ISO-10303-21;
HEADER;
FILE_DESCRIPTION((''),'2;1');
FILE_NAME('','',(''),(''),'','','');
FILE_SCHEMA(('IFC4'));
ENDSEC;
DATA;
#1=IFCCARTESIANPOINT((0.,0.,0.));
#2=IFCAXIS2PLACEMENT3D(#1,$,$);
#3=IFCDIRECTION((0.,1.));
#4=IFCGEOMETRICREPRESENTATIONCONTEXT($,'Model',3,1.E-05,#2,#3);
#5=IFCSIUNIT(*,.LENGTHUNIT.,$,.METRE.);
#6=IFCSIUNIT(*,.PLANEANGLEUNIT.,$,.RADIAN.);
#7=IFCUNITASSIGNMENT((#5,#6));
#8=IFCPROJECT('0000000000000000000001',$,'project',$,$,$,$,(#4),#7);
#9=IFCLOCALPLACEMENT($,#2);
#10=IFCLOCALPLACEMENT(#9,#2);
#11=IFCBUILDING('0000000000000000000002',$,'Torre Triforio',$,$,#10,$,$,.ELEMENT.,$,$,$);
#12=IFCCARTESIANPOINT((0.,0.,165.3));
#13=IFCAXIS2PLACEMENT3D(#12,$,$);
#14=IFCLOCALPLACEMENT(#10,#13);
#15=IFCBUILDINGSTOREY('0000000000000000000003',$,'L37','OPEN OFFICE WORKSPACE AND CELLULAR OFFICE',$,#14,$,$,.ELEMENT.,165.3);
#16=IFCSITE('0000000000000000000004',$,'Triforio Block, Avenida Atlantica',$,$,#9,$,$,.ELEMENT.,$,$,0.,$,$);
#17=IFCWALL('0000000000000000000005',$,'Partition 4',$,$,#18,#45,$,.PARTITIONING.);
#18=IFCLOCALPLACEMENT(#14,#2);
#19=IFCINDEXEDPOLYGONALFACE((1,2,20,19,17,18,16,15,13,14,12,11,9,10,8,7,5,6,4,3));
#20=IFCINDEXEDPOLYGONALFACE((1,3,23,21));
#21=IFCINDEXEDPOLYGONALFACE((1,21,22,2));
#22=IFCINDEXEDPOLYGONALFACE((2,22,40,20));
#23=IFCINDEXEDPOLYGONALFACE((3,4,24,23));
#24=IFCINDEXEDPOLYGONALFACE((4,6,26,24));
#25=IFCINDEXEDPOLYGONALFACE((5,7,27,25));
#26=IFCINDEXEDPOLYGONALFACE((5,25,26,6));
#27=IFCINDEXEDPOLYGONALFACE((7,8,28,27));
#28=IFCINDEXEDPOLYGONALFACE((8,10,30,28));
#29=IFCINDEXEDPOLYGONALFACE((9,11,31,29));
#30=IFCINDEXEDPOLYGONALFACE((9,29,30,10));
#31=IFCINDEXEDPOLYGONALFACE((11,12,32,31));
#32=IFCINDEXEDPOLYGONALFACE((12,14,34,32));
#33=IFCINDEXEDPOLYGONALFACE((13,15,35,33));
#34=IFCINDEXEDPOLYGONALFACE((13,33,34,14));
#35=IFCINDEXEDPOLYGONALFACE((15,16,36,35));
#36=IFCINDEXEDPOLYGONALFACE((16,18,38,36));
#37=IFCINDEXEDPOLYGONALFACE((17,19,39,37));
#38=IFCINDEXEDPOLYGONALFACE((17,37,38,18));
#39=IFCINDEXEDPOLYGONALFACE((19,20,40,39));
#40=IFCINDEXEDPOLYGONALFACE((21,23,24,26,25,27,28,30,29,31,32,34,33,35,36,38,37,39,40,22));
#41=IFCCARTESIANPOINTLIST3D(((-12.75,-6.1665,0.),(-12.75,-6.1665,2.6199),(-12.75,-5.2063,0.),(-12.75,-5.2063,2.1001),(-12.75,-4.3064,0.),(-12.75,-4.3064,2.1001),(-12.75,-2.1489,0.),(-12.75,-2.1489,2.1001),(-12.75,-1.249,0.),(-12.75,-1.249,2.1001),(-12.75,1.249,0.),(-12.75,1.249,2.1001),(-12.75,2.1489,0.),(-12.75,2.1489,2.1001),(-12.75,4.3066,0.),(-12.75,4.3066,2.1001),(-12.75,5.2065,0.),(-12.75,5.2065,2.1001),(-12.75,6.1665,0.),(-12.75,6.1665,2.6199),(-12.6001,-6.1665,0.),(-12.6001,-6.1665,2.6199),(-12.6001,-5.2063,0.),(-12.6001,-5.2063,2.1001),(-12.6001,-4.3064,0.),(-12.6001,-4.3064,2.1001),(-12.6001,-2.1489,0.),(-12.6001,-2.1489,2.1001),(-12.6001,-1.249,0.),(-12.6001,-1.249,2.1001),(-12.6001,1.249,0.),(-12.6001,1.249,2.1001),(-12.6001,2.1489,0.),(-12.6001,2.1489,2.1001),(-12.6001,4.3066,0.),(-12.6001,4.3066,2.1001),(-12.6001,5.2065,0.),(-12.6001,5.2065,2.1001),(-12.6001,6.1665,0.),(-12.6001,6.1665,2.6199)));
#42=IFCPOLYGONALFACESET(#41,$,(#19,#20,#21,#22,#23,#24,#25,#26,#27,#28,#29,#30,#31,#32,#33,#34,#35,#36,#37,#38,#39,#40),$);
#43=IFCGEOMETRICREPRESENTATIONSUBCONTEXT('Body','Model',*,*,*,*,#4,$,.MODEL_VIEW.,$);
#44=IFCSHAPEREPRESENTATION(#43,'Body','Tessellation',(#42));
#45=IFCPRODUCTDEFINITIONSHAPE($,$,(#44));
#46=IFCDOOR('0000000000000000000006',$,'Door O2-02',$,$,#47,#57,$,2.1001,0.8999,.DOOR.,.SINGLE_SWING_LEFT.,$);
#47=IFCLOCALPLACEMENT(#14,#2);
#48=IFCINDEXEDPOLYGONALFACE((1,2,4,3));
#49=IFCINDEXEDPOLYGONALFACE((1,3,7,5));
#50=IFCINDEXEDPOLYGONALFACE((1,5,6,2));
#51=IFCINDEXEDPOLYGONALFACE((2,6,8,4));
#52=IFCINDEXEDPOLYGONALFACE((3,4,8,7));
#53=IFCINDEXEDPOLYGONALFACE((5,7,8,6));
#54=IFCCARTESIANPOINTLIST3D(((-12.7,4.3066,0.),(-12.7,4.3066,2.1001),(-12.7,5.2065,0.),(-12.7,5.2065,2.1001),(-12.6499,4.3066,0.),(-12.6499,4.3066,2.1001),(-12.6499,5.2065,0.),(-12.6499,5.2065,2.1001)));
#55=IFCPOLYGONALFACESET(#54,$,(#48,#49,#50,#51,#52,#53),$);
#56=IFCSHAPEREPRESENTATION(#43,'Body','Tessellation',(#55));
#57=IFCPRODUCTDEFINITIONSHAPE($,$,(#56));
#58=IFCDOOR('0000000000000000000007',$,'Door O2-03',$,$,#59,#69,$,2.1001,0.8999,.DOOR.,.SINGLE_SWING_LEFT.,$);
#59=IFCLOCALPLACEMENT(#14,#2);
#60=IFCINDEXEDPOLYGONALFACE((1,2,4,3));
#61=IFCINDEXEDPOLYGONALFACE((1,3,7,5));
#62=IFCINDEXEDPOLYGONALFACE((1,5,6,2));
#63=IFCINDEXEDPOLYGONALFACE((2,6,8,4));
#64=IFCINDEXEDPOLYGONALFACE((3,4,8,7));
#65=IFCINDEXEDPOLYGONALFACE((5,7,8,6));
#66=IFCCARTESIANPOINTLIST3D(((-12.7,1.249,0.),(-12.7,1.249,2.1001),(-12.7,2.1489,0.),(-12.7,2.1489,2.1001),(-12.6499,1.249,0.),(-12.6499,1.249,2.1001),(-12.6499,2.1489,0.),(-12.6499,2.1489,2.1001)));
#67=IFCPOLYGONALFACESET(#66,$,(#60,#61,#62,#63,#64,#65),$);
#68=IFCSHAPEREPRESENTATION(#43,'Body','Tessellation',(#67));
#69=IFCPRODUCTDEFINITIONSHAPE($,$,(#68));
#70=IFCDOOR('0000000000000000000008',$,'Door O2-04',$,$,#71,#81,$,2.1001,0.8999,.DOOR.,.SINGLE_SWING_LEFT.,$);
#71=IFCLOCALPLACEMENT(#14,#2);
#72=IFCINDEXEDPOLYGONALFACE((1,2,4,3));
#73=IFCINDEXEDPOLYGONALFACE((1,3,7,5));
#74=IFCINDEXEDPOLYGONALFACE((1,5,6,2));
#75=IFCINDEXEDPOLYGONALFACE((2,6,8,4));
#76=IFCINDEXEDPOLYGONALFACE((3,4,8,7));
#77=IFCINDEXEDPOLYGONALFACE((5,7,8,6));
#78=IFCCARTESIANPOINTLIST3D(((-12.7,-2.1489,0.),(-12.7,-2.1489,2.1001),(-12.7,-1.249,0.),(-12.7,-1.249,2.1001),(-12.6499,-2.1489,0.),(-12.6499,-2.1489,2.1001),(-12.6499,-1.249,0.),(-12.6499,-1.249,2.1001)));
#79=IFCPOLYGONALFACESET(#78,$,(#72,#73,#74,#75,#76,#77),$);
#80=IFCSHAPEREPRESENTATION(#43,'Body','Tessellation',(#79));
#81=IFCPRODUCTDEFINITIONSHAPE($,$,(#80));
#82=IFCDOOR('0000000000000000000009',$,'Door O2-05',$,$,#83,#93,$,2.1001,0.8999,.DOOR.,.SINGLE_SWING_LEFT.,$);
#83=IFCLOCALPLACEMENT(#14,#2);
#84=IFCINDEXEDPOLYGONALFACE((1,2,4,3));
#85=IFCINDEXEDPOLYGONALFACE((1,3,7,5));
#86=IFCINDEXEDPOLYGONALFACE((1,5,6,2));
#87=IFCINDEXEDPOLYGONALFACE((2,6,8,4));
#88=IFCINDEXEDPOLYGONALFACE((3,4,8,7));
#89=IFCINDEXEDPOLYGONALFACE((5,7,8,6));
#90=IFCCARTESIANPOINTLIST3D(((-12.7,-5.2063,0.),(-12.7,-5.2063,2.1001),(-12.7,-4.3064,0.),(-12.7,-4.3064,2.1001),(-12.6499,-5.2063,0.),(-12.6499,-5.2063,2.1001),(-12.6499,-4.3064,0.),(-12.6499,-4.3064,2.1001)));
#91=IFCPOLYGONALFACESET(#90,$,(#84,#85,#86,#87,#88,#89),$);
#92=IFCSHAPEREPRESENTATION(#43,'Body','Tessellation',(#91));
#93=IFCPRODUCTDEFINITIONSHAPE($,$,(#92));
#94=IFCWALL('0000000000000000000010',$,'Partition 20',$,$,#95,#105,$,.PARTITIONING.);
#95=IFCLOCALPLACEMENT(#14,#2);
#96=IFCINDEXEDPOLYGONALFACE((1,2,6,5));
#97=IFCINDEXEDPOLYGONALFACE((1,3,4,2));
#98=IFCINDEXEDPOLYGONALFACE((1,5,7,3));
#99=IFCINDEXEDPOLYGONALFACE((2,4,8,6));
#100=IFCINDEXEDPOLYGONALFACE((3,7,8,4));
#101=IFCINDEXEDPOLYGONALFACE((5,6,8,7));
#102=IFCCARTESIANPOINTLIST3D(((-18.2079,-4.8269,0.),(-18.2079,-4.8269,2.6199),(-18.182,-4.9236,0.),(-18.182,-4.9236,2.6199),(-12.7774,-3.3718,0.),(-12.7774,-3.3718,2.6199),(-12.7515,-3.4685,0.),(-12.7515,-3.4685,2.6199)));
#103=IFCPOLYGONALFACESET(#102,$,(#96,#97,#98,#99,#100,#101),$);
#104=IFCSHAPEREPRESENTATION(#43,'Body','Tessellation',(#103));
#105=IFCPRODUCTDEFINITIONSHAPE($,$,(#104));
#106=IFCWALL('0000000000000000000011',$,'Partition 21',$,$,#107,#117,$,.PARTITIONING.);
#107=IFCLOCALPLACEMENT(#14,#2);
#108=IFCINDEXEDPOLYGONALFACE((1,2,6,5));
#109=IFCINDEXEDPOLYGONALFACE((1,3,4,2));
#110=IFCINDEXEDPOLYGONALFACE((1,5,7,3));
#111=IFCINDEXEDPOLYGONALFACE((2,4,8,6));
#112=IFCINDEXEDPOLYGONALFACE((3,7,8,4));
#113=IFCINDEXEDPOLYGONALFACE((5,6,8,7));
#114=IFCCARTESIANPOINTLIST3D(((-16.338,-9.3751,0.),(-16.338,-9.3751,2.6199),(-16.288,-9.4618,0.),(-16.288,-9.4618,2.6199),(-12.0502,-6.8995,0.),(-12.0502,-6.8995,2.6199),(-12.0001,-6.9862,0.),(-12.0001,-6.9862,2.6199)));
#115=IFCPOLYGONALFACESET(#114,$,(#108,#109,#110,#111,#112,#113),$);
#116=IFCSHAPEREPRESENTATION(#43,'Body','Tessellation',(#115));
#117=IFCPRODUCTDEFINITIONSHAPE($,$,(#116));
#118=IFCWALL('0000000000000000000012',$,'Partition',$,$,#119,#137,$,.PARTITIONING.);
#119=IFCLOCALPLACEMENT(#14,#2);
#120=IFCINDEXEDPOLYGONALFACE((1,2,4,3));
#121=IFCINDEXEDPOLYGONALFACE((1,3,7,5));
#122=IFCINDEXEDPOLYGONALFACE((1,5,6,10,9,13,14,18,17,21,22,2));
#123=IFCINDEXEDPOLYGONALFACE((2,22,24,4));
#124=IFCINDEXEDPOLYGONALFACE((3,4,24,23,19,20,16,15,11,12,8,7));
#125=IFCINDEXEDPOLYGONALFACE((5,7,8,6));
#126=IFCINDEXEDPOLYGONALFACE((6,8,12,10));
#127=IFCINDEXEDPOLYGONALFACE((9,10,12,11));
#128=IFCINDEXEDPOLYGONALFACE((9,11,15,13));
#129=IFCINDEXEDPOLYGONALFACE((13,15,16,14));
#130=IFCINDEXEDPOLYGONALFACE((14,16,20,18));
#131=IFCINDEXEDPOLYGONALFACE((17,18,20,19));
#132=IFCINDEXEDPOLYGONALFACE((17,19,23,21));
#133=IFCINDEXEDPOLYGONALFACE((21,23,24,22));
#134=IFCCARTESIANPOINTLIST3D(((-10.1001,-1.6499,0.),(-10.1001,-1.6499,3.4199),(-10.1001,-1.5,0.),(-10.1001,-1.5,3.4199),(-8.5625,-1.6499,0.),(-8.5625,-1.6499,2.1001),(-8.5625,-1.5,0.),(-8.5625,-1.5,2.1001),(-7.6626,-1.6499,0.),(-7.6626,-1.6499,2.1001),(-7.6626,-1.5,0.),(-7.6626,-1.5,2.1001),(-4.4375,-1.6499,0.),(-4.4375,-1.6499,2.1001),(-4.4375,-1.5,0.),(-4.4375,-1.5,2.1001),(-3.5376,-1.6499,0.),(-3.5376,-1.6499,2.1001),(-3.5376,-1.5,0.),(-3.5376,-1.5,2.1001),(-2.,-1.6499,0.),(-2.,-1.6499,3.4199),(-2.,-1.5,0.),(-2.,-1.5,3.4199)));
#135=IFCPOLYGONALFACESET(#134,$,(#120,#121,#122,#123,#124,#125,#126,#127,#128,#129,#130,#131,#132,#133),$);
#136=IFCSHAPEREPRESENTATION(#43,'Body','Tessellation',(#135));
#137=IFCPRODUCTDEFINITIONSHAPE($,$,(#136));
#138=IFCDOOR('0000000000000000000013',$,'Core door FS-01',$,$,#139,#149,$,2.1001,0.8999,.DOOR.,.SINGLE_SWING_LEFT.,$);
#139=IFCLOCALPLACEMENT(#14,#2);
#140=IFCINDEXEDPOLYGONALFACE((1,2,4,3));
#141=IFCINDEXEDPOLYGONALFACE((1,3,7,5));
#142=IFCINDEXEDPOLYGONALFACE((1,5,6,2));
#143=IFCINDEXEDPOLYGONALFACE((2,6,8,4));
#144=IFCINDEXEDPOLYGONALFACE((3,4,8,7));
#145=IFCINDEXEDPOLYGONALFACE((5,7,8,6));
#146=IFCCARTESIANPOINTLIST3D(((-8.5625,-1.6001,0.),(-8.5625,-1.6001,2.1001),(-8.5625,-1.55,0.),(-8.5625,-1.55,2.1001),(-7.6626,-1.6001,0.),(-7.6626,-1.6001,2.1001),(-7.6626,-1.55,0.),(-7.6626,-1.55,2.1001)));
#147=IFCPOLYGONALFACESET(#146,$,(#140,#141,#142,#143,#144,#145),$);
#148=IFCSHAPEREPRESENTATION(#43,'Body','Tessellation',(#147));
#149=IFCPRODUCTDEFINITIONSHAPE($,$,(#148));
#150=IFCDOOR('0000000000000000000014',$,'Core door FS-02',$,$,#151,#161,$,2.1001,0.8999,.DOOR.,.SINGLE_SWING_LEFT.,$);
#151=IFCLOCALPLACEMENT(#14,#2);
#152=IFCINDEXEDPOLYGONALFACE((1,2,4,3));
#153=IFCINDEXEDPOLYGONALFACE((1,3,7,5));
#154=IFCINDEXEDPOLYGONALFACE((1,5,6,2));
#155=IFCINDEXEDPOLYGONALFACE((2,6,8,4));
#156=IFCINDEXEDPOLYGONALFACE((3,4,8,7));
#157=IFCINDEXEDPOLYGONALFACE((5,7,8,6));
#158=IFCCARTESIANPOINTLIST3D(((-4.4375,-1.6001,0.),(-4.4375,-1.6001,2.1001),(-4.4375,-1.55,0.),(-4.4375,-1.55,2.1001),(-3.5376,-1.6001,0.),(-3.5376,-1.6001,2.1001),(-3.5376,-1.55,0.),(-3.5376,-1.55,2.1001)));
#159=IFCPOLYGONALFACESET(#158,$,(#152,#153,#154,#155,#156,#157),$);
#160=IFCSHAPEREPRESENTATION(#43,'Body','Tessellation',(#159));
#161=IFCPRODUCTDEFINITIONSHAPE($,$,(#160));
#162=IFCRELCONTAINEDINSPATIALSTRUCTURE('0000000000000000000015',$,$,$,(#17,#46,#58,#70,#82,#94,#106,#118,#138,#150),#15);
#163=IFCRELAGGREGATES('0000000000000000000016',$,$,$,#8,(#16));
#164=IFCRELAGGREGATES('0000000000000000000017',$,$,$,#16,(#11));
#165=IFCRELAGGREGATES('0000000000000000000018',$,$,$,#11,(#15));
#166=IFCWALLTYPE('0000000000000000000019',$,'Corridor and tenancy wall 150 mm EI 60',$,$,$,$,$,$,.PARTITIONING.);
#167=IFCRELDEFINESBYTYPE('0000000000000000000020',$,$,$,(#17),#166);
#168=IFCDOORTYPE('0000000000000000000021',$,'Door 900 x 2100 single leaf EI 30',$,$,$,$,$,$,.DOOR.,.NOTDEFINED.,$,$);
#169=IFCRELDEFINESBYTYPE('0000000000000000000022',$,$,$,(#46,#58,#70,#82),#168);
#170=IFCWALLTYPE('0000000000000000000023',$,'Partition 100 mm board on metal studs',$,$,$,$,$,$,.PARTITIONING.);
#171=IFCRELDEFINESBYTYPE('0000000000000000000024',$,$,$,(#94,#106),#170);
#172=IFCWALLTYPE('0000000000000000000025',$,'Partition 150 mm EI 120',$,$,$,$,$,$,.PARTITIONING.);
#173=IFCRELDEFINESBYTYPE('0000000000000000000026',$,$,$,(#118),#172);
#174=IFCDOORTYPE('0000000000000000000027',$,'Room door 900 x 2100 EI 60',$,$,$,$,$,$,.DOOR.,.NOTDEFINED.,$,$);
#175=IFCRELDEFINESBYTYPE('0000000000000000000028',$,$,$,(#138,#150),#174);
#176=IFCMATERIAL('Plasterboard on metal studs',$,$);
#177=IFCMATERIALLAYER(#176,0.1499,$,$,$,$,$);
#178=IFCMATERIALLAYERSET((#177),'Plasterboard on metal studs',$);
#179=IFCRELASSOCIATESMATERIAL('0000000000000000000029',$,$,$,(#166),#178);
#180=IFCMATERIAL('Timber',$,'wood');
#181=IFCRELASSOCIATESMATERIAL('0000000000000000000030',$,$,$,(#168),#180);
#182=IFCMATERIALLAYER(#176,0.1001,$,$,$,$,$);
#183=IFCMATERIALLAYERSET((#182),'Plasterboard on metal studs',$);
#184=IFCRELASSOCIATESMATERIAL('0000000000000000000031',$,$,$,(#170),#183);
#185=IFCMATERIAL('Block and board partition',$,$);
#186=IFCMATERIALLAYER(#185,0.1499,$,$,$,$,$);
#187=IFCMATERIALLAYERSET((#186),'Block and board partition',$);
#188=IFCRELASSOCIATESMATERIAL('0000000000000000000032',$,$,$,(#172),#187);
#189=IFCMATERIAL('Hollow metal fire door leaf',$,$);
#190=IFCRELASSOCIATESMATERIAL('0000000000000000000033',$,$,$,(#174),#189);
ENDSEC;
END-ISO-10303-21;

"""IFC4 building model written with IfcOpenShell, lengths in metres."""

from ifc_helpers import new_model, si_unit, direction, frame, frame_2d, origin, place, context, subcontext, project, spatial, rectangle, extrude, material, layer, layer_set, type_object, element, fill, save


model = new_model("IFC4")

# Units and contexts
model_context = context("Model", 3, precision=1e-05, world=origin(), true_north=direction((0.0, 1.0)))
body_context = subcontext(model_context, "Body", "Model", "MODEL_VIEW")
ifc_project = project(units=[si_unit("LENGTHUNIT", "METRE"), si_unit("PLANEANGLEUNIT", "RADIAN")], contexts=[model_context])

# Site, building, storey
site_placement = place(None, origin())
site = spatial("IfcSite", under=ifc_project, at=site_placement, Name="Triforio Block, Avenida Atlantica", CompositionType="ELEMENT", RefElevation=0.0)
building_placement = place(site_placement, origin())
building = spatial("IfcBuilding", under=site, at=building_placement, Name="Torre Triforio", CompositionType="ELEMENT")
storey_placement = place(building_placement, frame((0.0, 0.0, 165.3)))
storey = spatial("IfcBuildingStorey", under=building, at=storey_placement, Name="L37", Description="OPEN OFFICE WORKSPACE AND CELLULAR OFFICE", CompositionType="ELEMENT", Elevation=165.3)

# Shared definitions
ifc_material_1 = material(Name="Hollow metal fire door leaf")

# Wall, openings, doors
ifc_material_2 = material(Name="Plasterboard on metal studs")
ifc_layer_1 = layer(ifc_material_2, 0.1499)
ifc_layer_set_1 = layer_set([ifc_layer_1], Name="Plasterboard on metal studs")
wall_type_1 = type_object("IfcWallType", Name="Corridor and tenancy wall 150 mm EI 60", PredefinedType="PARTITIONING", material=ifc_layer_set_1)
wall_1_placement = place(storey_placement, frame((-12.675, -6.1665, 0.0), z_axis=(0.0, 0.0, 1.0), x_axis=(0.0, 1.0, 0.0)))
wall_1 = element("IfcWall", 1, at=wall_1_placement, inside=storey, type_object=wall_type_1, Name="Partition 4", PredefinedType="PARTITIONING", context=body_context, shape_type="SweptSolid", body=[
    extrude(rectangle(XDim=12.333, YDim=0.1499, at=frame_2d((6.1665, 0.0))), origin(), (0.0, 0.0, 1.0), 2.6199),
])
opening_1_placement = place(wall_1_placement, frame((10.4731, 0.0, 0.0)))
opening_1 = element("IfcOpeningElement", 2, at=opening_1_placement, cuts=wall_1, PredefinedType="OPENING", context=body_context, shape_type="SweptSolid", body=[
    extrude(rectangle(XDim=0.8999, YDim=2.1001, at=frame_2d((0.45, 1.05))), frame((0.0, 0.085, 0.0), z_axis=(0.0, -1.0, 0.0), x_axis=(1.0, 0.0, 0.0)), (0.0, 0.0, 1.0), 0.1699),
])
opening_2_placement = place(wall_1_placement, frame((7.4155, 0.0, 0.0)))
opening_2 = element("IfcOpeningElement", 3, at=opening_2_placement, cuts=wall_1, PredefinedType="OPENING", context=body_context, shape_type="SweptSolid", body=[
    extrude(rectangle(XDim=0.8999, YDim=2.1001, at=frame_2d((0.45, 1.05))), frame((0.0, 0.085, 0.0), z_axis=(0.0, -1.0, 0.0), x_axis=(1.0, 0.0, 0.0)), (0.0, 0.0, 1.0), 0.1699),
])
opening_3_placement = place(wall_1_placement, frame((4.0176, 0.0, 0.0)))
opening_3 = element("IfcOpeningElement", 4, at=opening_3_placement, cuts=wall_1, PredefinedType="OPENING", context=body_context, shape_type="SweptSolid", body=[
    extrude(rectangle(XDim=0.8999, YDim=2.1001, at=frame_2d((0.45, 1.05))), frame((0.0, 0.085, 0.0), z_axis=(0.0, -1.0, 0.0), x_axis=(1.0, 0.0, 0.0)), (0.0, 0.0, 1.0), 0.1699),
])
opening_4_placement = place(wall_1_placement, frame((0.9602, 0.0, 0.0)))
opening_4 = element("IfcOpeningElement", 5, at=opening_4_placement, cuts=wall_1, PredefinedType="OPENING", context=body_context, shape_type="SweptSolid", body=[
    extrude(rectangle(XDim=0.8999, YDim=2.1001, at=frame_2d((0.45, 1.05))), frame((0.0, 0.085, 0.0), z_axis=(0.0, -1.0, 0.0), x_axis=(1.0, 0.0, 0.0)), (0.0, 0.0, 1.0), 0.1699),
])
ifc_material_3 = material(Name="Timber", Category="wood")
door_type_1 = type_object("IfcDoorType", Name="Door 900 x 2100 single leaf EI 30", OperationType="NOTDEFINED", PredefinedType="DOOR", material=ifc_material_3)
door_1_placement = place(opening_1_placement, origin())
door_1 = element("IfcDoor", 6, at=door_1_placement, inside=storey, type_object=door_type_1, Name="Door O2-02", OperationType="SINGLE_SWING_LEFT", OverallHeight=2.1001, OverallWidth=0.8999, PredefinedType="DOOR", context=body_context, shape_type="SweptSolid", body=[
    extrude(rectangle(XDim=0.8999, YDim=2.1001, at=frame_2d((0.45, 1.05))), frame((0.0, 0.0249, 0.0), z_axis=(0.0, -1.0, 0.0), x_axis=(1.0, 0.0, 0.0)), (0.0, 0.0, 1.0), 0.05),
])
fill(opening_1, door_1)
door_2_placement = place(opening_2_placement, origin())
door_2 = element("IfcDoor", 7, at=door_2_placement, inside=storey, type_object=door_type_1, Name="Door O2-03", OperationType="SINGLE_SWING_LEFT", OverallHeight=2.1001, OverallWidth=0.8999, PredefinedType="DOOR", context=body_context, shape_type="SweptSolid", body=[
    extrude(rectangle(XDim=0.8999, YDim=2.1001, at=frame_2d((0.45, 1.05))), frame((0.0, 0.0249, 0.0), z_axis=(0.0, -1.0, 0.0), x_axis=(1.0, 0.0, 0.0)), (0.0, 0.0, 1.0), 0.05),
])
fill(opening_2, door_2)
door_3_placement = place(opening_3_placement, origin())
door_3 = element("IfcDoor", 8, at=door_3_placement, inside=storey, type_object=door_type_1, Name="Door O2-04", OperationType="SINGLE_SWING_LEFT", OverallHeight=2.1001, OverallWidth=0.8999, PredefinedType="DOOR", context=body_context, shape_type="SweptSolid", body=[
    extrude(rectangle(XDim=0.8999, YDim=2.1001, at=frame_2d((0.45, 1.05))), frame((0.0, 0.0249, 0.0), z_axis=(0.0, -1.0, 0.0), x_axis=(1.0, 0.0, 0.0)), (0.0, 0.0, 1.0), 0.05),
])
fill(opening_3, door_3)
door_4_placement = place(opening_4_placement, origin())
door_4 = element("IfcDoor", 9, at=door_4_placement, inside=storey, type_object=door_type_1, Name="Door O2-05", OperationType="SINGLE_SWING_LEFT", OverallHeight=2.1001, OverallWidth=0.8999, PredefinedType="DOOR", context=body_context, shape_type="SweptSolid", body=[
    extrude(rectangle(XDim=0.8999, YDim=2.1001, at=frame_2d((0.45, 1.05))), frame((0.0, 0.0249, 0.0), z_axis=(0.0, -1.0, 0.0), x_axis=(1.0, 0.0, 0.0)), (0.0, 0.0, 1.0), 0.05),
])
fill(opening_4, door_4)

# Walls
ifc_layer_2 = layer(ifc_material_2, 0.1001)
ifc_layer_set_2 = layer_set([ifc_layer_2], Name="Plasterboard on metal studs")
wall_type_2 = type_object("IfcWallType", Name="Partition 100 mm board on metal studs", PredefinedType="PARTITIONING", material=ifc_layer_set_2)
wall_2_placement = place(storey_placement, frame((-12.7644, -3.4202, 0.0), z_axis=(0.0, 0.0, 1.0), x_axis=(-0.965926, -0.258819, 0.0)))
element("IfcWall", 10, at=wall_2_placement, inside=storey, type_object=wall_type_2, Name="Partition 20", PredefinedType="PARTITIONING", context=body_context, shape_type="SweptSolid", body=[
    extrude(rectangle(XDim=5.6221, YDim=0.1001, at=frame_2d((2.811, 0.0))), origin(), (0.0, 0.0, 1.0), 2.6199),
])
wall_3_placement = place(storey_placement, frame((-12.0251, -6.9429, 0.0), z_axis=(0.0, 0.0, 1.0), x_axis=(-0.866025, -0.5, 0.0)))
element("IfcWall", 11, at=wall_3_placement, inside=storey, type_object=wall_type_2, Name="Partition 21", PredefinedType="PARTITIONING", context=body_context, shape_type="SweptSolid", body=[
    extrude(rectangle(XDim=4.9512, YDim=0.1001, at=frame_2d((2.4756, 0.0))), origin(), (0.0, 0.0, 1.0), 2.6199),
])

# Wall, openings, doors
ifc_material_4 = material(Name="Block and board partition")
ifc_layer_3 = layer(ifc_material_4, 0.1499)
ifc_layer_set_3 = layer_set([ifc_layer_3], Name="Block and board partition")
wall_type_3 = type_object("IfcWallType", Name="Partition 150 mm EI 120", PredefinedType="PARTITIONING", material=ifc_layer_set_3)
wall_4_placement = place(storey_placement, frame((-10.1001, -1.575, 0.0), z_axis=(0.0, 0.0, 1.0), x_axis=(1.0, 0.0, 0.0)))
wall_4 = element("IfcWall", 12, at=wall_4_placement, inside=storey, type_object=wall_type_3, Name="Partition", PredefinedType="PARTITIONING", context=body_context, shape_type="SweptSolid", body=[
    extrude(rectangle(XDim=8.1001, YDim=0.1499, at=frame_2d((4.05, 0.0))), origin(), (0.0, 0.0, 1.0), 3.4199),
])
opening_5_placement = place(wall_4_placement, frame((1.5376, 0.0, 0.0)))
opening_5 = element("IfcOpeningElement", 13, at=opening_5_placement, cuts=wall_4, PredefinedType="OPENING", context=body_context, shape_type="SweptSolid", body=[
    extrude(rectangle(XDim=0.8999, YDim=2.1001, at=frame_2d((0.45, 1.05))), frame((0.0, 0.085, 0.0), z_axis=(0.0, -1.0, 0.0), x_axis=(1.0, 0.0, 0.0)), (0.0, 0.0, 1.0), 0.1699),
])
opening_6_placement = place(wall_4_placement, frame((5.6626, 0.0, 0.0)))
opening_6 = element("IfcOpeningElement", 14, at=opening_6_placement, cuts=wall_4, PredefinedType="OPENING", context=body_context, shape_type="SweptSolid", body=[
    extrude(rectangle(XDim=0.8999, YDim=2.1001, at=frame_2d((0.45, 1.05))), frame((0.0, 0.085, 0.0), z_axis=(0.0, -1.0, 0.0), x_axis=(1.0, 0.0, 0.0)), (0.0, 0.0, 1.0), 0.1699),
])
door_type_2 = type_object("IfcDoorType", Name="Room door 900 x 2100 EI 60", OperationType="NOTDEFINED", PredefinedType="DOOR", material=ifc_material_1)
door_5_placement = place(opening_5_placement, origin())
door_5 = element("IfcDoor", 15, at=door_5_placement, inside=storey, type_object=door_type_2, Name="Core door FS-01", OperationType="SINGLE_SWING_LEFT", OverallHeight=2.1001, OverallWidth=0.8999, PredefinedType="DOOR", context=body_context, shape_type="SweptSolid", body=[
    extrude(rectangle(XDim=0.8999, YDim=2.1001, at=frame_2d((0.45, 1.05))), frame((0.0, 0.0249, 0.0), z_axis=(0.0, -1.0, 0.0), x_axis=(1.0, 0.0, 0.0)), (0.0, 0.0, 1.0), 0.05),
])
fill(opening_5, door_5)
door_6_placement = place(opening_6_placement, origin())
door_6 = element("IfcDoor", 16, at=door_6_placement, inside=storey, type_object=door_type_2, Name="Core door FS-02", OperationType="SINGLE_SWING_LEFT", OverallHeight=2.1001, OverallWidth=0.8999, PredefinedType="DOOR", context=body_context, shape_type="SweptSolid", body=[
    extrude(rectangle(XDim=0.8999, YDim=2.1001, at=frame_2d((0.45, 1.05))), frame((0.0, 0.0249, 0.0), z_axis=(0.0, -1.0, 0.0), x_axis=(1.0, 0.0, 0.0)), (0.0, 0.0, 1.0), 0.05),
])
fill(opening_6, door_6)

save(model, "model.ifc")
